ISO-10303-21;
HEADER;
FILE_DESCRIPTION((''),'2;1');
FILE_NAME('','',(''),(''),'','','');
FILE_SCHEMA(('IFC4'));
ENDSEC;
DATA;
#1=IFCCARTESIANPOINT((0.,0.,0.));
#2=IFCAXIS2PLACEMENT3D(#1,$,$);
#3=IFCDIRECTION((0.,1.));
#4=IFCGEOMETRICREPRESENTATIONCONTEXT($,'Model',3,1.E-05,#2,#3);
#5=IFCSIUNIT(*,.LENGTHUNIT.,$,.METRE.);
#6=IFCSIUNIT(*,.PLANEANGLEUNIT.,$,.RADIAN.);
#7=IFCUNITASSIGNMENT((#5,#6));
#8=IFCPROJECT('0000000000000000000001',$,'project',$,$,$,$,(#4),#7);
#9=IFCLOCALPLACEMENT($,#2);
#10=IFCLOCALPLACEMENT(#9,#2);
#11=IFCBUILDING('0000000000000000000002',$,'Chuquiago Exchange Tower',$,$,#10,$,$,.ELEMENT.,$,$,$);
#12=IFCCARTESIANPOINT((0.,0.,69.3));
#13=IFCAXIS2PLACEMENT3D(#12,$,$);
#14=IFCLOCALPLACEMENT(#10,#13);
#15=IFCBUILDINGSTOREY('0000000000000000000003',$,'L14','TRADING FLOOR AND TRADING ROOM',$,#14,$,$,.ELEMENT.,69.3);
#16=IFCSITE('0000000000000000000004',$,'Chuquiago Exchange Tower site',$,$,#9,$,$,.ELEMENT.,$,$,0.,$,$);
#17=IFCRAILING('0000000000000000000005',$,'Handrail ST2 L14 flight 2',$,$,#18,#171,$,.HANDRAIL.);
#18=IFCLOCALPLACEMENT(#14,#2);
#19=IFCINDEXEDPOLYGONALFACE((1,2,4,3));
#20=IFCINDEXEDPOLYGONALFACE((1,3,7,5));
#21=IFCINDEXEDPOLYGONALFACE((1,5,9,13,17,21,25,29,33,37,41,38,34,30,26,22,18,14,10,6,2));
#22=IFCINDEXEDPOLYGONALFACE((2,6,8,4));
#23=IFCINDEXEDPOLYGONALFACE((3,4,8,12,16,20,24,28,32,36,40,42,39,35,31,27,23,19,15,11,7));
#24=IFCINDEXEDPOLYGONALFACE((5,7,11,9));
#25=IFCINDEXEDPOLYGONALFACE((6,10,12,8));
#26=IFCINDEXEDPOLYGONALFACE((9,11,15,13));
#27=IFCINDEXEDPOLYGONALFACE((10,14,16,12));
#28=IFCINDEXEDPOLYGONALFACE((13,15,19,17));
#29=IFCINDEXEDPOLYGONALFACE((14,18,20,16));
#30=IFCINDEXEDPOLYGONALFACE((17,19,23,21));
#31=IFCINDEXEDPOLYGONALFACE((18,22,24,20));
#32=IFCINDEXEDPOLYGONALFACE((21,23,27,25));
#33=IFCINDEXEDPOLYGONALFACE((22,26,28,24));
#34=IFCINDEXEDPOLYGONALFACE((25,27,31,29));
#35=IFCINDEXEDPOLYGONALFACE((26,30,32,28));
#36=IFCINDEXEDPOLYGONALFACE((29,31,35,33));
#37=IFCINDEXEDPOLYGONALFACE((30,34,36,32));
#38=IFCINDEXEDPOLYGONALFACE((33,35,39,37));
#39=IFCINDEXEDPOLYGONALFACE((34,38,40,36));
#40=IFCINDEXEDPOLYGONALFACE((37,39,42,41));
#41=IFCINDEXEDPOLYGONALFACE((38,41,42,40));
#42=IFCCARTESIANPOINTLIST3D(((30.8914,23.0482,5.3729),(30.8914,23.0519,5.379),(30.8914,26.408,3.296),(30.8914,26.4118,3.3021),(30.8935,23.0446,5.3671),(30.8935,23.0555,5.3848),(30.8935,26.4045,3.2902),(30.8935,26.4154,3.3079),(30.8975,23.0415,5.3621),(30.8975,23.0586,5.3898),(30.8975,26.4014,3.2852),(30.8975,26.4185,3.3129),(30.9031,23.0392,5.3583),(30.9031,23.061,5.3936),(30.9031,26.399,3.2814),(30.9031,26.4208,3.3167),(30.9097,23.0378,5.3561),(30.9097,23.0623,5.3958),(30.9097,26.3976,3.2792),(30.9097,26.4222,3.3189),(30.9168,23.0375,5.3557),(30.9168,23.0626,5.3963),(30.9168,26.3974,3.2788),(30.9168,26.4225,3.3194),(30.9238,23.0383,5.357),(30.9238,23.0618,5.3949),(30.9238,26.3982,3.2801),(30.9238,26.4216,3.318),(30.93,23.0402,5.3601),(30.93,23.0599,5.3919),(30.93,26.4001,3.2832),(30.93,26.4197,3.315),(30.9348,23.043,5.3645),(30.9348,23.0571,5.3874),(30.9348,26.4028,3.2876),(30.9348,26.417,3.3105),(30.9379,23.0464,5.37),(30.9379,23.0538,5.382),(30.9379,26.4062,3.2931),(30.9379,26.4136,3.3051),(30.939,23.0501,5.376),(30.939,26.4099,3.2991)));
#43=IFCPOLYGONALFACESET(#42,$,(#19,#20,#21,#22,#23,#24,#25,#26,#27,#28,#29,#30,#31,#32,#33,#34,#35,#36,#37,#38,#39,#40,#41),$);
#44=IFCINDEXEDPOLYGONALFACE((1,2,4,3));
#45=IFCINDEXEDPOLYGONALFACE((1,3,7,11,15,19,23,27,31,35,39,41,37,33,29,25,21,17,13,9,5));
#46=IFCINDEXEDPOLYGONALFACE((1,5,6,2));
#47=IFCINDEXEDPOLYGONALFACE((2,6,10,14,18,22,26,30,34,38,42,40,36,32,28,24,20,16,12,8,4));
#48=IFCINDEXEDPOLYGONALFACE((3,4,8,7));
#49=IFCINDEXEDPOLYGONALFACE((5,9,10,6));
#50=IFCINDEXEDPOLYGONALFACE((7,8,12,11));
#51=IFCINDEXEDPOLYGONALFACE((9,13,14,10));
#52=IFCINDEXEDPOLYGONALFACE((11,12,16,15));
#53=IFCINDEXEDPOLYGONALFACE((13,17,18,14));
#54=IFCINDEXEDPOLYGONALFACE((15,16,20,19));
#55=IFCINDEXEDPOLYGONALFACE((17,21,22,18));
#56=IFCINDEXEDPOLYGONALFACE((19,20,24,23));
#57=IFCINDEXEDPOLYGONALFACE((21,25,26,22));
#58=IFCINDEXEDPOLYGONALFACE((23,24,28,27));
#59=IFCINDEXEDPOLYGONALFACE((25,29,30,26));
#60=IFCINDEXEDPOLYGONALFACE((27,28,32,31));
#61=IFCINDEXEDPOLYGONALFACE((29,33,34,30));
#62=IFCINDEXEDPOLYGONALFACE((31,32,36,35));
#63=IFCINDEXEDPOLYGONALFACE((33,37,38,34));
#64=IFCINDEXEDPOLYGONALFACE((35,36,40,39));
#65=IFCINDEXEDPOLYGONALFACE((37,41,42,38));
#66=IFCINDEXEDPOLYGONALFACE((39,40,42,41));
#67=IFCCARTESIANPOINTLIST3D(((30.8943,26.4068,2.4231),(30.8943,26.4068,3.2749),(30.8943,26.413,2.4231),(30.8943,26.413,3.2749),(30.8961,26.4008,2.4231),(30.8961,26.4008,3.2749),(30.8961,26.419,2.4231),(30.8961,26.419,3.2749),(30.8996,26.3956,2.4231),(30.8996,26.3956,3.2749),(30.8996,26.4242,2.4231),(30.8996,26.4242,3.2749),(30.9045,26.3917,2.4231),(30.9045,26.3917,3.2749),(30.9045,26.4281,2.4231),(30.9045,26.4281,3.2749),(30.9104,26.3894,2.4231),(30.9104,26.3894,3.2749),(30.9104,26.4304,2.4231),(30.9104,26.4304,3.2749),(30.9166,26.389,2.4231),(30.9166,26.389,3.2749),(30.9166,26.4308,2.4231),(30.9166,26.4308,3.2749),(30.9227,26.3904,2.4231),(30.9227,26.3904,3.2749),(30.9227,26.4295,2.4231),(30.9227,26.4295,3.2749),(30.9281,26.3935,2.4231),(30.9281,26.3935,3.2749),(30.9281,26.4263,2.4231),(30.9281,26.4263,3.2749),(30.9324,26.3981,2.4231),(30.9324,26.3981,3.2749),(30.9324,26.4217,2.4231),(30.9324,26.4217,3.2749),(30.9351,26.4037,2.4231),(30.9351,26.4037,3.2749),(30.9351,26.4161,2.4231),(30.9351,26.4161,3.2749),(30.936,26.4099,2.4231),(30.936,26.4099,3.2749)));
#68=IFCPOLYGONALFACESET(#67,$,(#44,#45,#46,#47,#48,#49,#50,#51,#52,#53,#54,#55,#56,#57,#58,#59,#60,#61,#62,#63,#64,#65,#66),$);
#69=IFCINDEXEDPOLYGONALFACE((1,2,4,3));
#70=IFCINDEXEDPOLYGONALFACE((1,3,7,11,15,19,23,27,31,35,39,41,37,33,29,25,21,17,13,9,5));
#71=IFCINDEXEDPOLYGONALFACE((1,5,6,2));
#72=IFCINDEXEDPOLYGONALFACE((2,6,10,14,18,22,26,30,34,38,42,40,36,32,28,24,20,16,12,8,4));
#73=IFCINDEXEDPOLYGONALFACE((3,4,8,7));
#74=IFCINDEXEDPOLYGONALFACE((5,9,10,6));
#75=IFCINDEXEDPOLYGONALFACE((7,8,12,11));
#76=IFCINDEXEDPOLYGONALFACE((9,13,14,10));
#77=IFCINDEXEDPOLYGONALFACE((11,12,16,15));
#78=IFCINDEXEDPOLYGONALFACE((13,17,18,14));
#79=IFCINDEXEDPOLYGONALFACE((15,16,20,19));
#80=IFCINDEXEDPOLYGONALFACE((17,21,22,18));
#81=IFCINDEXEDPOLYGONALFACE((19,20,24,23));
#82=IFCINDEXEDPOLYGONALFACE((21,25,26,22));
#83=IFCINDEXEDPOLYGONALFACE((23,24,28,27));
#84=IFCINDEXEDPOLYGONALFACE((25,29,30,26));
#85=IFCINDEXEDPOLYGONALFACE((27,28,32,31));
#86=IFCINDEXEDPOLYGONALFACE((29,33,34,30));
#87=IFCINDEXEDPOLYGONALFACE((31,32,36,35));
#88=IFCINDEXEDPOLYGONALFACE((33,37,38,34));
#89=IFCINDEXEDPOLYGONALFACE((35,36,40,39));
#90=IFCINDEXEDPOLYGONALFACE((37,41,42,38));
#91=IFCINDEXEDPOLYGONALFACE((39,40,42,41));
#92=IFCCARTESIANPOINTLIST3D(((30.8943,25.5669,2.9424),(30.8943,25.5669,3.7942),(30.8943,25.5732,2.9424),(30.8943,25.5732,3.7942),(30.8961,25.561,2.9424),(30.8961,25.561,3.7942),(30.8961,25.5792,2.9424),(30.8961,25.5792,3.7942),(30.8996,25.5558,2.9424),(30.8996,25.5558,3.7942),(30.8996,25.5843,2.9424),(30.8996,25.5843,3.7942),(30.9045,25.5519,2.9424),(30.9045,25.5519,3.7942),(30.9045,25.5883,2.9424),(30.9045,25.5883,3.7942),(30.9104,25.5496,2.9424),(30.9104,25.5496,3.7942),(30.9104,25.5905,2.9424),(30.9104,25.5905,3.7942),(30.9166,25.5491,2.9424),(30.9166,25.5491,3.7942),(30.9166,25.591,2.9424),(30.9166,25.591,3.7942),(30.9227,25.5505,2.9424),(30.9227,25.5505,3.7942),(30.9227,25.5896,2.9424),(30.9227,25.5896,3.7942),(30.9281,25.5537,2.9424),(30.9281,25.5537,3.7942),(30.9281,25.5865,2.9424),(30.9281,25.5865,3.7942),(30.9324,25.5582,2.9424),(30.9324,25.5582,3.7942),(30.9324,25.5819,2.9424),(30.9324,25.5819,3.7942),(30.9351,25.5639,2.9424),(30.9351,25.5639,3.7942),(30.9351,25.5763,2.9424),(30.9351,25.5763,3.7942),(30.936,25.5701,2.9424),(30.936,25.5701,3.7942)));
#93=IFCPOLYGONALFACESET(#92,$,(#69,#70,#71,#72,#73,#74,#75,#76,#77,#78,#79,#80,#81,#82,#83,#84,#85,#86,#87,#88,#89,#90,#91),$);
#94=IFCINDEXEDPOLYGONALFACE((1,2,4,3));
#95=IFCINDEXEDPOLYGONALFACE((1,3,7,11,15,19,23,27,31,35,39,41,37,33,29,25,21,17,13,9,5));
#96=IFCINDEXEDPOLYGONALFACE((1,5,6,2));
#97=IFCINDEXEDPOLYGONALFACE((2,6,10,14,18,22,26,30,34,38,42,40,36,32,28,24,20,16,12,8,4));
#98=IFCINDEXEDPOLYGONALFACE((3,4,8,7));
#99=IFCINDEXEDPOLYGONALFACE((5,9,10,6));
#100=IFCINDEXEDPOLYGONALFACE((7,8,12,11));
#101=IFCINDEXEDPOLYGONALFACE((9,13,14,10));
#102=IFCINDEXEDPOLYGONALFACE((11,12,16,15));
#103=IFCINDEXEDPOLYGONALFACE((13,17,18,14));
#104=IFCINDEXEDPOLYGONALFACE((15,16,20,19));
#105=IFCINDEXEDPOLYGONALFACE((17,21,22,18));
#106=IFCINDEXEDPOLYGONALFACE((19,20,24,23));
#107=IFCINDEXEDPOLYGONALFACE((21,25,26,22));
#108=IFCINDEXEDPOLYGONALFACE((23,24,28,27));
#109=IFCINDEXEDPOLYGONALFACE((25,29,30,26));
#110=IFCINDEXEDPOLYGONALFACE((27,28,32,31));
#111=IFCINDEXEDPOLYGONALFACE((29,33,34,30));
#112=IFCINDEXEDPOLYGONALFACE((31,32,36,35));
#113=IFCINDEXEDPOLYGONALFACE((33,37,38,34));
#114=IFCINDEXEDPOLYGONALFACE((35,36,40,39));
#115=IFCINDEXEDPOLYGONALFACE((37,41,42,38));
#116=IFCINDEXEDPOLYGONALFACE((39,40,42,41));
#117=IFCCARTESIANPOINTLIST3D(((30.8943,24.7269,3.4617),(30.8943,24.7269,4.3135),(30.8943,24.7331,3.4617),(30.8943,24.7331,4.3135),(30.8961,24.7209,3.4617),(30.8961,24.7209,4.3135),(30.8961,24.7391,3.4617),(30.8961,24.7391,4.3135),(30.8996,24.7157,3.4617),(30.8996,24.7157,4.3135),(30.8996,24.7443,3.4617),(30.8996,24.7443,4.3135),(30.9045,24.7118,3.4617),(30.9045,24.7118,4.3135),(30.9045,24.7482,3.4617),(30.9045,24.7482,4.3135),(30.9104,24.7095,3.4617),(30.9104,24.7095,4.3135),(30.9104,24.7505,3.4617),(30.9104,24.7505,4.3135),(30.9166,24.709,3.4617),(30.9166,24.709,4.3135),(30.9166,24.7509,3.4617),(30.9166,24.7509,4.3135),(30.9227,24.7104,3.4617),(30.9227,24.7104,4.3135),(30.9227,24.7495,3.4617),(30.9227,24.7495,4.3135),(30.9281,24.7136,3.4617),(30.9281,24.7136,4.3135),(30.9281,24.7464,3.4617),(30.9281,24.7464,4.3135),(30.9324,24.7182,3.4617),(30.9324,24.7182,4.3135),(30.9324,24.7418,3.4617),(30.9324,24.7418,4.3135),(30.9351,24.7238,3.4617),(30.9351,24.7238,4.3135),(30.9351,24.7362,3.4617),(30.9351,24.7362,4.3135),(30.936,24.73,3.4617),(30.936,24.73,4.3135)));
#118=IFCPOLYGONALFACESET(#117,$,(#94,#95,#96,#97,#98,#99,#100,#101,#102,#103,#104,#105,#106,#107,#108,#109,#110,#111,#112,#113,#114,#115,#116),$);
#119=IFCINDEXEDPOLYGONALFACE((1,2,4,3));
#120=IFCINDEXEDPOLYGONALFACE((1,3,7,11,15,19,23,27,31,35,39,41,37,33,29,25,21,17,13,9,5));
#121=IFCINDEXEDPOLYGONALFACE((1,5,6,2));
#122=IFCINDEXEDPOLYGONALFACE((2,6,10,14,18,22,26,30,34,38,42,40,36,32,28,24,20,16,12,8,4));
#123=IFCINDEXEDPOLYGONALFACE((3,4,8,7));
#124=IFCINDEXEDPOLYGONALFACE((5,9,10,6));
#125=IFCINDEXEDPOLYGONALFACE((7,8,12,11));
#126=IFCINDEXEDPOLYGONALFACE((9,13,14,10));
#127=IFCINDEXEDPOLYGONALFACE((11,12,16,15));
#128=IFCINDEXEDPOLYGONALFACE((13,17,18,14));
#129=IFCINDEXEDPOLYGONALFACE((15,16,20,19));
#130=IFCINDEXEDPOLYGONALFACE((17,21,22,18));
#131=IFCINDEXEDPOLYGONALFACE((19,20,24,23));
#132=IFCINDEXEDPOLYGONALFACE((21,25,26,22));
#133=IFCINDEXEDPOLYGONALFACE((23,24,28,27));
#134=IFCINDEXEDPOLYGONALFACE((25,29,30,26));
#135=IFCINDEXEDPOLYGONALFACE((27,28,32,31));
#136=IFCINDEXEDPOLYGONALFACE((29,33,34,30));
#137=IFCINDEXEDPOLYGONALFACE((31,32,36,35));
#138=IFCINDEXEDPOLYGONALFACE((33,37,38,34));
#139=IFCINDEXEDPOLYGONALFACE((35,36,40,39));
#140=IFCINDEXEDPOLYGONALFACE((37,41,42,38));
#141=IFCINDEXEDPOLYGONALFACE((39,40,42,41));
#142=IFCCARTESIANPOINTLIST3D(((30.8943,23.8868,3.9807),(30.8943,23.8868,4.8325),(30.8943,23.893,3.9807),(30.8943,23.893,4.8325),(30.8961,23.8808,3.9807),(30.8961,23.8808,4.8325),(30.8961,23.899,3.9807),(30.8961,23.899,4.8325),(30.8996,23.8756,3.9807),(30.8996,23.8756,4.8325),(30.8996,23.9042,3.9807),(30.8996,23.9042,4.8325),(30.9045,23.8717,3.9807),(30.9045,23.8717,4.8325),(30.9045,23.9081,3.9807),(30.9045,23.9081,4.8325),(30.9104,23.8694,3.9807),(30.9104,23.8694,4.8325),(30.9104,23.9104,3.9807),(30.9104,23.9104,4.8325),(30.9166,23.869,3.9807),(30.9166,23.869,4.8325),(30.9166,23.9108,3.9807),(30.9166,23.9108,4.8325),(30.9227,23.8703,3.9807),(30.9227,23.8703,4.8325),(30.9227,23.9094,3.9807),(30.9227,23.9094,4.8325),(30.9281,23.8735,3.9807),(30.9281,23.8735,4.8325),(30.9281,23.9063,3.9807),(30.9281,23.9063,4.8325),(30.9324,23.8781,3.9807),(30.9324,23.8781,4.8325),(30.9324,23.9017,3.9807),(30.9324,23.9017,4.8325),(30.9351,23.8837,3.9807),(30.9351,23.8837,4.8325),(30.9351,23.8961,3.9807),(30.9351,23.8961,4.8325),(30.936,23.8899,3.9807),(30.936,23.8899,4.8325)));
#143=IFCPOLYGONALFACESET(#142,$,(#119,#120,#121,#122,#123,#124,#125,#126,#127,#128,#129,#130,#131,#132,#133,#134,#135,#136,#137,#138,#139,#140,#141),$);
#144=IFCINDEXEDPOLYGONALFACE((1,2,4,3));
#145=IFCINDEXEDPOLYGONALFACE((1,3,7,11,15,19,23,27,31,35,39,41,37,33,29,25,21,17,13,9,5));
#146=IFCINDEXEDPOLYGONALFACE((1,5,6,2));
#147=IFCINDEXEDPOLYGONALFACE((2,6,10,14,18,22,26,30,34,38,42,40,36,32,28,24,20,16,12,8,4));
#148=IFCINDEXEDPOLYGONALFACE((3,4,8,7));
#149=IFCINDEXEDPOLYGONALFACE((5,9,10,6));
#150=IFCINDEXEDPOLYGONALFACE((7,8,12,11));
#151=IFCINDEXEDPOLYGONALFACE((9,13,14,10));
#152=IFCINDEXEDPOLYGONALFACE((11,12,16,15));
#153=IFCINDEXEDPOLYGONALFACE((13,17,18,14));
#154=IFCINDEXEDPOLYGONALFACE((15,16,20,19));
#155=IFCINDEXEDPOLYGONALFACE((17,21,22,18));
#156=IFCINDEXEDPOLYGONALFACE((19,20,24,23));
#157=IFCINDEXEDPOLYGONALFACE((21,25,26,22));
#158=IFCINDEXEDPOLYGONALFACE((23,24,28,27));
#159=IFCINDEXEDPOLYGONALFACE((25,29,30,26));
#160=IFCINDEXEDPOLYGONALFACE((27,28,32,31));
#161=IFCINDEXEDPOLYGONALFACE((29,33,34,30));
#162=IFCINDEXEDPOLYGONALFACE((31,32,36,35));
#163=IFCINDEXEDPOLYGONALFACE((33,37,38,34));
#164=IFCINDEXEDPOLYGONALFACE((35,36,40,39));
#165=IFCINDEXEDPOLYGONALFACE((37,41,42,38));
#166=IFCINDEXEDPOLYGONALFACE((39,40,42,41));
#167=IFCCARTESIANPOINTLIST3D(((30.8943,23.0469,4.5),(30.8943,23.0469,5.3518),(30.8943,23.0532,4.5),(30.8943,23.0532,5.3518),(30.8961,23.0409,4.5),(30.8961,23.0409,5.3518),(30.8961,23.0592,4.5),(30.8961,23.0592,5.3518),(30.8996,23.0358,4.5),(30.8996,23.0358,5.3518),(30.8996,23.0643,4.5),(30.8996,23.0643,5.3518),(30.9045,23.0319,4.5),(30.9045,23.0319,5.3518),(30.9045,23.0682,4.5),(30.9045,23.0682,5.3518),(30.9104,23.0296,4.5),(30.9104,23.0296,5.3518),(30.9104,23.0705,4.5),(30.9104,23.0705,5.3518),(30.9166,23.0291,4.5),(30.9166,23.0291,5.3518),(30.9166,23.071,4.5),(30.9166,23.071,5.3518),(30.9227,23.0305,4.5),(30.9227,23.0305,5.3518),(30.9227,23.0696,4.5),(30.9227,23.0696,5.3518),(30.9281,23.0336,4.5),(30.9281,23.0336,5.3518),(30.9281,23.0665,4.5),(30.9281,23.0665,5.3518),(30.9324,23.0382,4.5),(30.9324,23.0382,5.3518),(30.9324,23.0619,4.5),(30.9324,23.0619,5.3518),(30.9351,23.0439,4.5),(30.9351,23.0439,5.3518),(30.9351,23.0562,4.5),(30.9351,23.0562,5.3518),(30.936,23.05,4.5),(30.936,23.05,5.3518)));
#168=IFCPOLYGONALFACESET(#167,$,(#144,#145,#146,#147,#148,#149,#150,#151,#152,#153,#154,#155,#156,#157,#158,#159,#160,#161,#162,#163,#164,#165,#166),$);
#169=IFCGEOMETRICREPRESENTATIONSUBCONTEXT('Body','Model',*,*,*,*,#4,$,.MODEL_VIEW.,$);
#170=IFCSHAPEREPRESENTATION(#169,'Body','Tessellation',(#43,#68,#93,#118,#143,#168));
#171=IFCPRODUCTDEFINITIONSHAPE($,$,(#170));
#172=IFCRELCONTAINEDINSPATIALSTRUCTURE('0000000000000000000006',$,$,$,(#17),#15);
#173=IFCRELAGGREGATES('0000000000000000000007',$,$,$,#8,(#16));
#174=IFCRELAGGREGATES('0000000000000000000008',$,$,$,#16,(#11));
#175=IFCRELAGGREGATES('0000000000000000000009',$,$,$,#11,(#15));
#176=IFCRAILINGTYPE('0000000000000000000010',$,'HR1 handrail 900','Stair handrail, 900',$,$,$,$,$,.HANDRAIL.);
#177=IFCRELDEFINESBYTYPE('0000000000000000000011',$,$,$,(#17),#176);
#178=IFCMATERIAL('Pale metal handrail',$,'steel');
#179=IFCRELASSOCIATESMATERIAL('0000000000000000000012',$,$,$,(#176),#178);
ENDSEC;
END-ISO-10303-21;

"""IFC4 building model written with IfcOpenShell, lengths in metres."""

from ifc_helpers import new_model, si_unit, direction, frame, origin, origin_2d, place, context, subcontext, project, spatial, circle, extrude, material, type_object, element, save


model = new_model("IFC4")

# Units and contexts
model_context = context("Model", 3, precision=1e-05, world=origin(), true_north=direction((0.0, 1.0)))
body_context = subcontext(model_context, "Body", "Model", "MODEL_VIEW")
ifc_project = project(units=[si_unit("LENGTHUNIT", "METRE"), si_unit("PLANEANGLEUNIT", "RADIAN")], contexts=[model_context])

# Site, building, storey
site_placement = place(None, origin())
site = spatial("IfcSite", under=ifc_project, at=site_placement, Name="Chuquiago Exchange Tower site", CompositionType="ELEMENT", RefElevation=0.0)
building_placement = place(site_placement, origin())
building = spatial("IfcBuilding", under=site, at=building_placement, Name="Chuquiago Exchange Tower", CompositionType="ELEMENT")
storey_placement = place(building_placement, frame((0.0, 0.0, 69.3)))
storey = spatial("IfcBuildingStorey", under=building, at=storey_placement, Name="L14", Description="TRADING FLOOR AND TRADING ROOM", CompositionType="ELEMENT", Elevation=69.3)

# Railing
ifc_material_1 = material(Name="Pale metal handrail", Category="steel")
railing_type_1 = type_object("IfcRailingType", Name="HR1 handrail 900", Description="Stair handrail, 900", PredefinedType="HANDRAIL", material=ifc_material_1)
for number, where, name in (
    (1, (30.915, 26.4099, 2.4231), "Handrail ST2 L14 flight 2"),
):
    element("IfcRailing", number, at=place(storey_placement, frame(where)), inside=storey, type_object=railing_type_1, Name=name, PredefinedType="HANDRAIL", context=body_context, shape_type="SweptSolid", body=[
        extrude(circle(Radius=0.0239, at=origin_2d()), frame((0.0, 0.0, 0.876), z_axis=(0.0, -0.850606, 0.525803), x_axis=(1.0, 0.0, 0.0)), (0.0, 0.0, 1.0), 3.95),
        extrude(circle(Radius=0.021, at=origin_2d()), origin(), (0.0, 0.0, 1.0), 0.8518),
        extrude(circle(Radius=0.021, at=origin_2d()), frame((0.0, -0.8398, 0.5193)), (0.0, 0.0, 1.0), 0.8518),
        extrude(circle(Radius=0.021, at=origin_2d()), frame((0.0, -1.6799, 1.0386)), (0.0, 0.0, 1.0), 0.8518),
        extrude(circle(Radius=0.021, at=origin_2d()), frame((0.0, -2.52, 1.5576)), (0.0, 0.0, 1.0), 0.8518),
        extrude(circle(Radius=0.021, at=origin_2d()), frame((0.0, -3.3599, 2.0769)), (0.0, 0.0, 1.0), 0.8518),
    ])

save(model, "model.ifc")
